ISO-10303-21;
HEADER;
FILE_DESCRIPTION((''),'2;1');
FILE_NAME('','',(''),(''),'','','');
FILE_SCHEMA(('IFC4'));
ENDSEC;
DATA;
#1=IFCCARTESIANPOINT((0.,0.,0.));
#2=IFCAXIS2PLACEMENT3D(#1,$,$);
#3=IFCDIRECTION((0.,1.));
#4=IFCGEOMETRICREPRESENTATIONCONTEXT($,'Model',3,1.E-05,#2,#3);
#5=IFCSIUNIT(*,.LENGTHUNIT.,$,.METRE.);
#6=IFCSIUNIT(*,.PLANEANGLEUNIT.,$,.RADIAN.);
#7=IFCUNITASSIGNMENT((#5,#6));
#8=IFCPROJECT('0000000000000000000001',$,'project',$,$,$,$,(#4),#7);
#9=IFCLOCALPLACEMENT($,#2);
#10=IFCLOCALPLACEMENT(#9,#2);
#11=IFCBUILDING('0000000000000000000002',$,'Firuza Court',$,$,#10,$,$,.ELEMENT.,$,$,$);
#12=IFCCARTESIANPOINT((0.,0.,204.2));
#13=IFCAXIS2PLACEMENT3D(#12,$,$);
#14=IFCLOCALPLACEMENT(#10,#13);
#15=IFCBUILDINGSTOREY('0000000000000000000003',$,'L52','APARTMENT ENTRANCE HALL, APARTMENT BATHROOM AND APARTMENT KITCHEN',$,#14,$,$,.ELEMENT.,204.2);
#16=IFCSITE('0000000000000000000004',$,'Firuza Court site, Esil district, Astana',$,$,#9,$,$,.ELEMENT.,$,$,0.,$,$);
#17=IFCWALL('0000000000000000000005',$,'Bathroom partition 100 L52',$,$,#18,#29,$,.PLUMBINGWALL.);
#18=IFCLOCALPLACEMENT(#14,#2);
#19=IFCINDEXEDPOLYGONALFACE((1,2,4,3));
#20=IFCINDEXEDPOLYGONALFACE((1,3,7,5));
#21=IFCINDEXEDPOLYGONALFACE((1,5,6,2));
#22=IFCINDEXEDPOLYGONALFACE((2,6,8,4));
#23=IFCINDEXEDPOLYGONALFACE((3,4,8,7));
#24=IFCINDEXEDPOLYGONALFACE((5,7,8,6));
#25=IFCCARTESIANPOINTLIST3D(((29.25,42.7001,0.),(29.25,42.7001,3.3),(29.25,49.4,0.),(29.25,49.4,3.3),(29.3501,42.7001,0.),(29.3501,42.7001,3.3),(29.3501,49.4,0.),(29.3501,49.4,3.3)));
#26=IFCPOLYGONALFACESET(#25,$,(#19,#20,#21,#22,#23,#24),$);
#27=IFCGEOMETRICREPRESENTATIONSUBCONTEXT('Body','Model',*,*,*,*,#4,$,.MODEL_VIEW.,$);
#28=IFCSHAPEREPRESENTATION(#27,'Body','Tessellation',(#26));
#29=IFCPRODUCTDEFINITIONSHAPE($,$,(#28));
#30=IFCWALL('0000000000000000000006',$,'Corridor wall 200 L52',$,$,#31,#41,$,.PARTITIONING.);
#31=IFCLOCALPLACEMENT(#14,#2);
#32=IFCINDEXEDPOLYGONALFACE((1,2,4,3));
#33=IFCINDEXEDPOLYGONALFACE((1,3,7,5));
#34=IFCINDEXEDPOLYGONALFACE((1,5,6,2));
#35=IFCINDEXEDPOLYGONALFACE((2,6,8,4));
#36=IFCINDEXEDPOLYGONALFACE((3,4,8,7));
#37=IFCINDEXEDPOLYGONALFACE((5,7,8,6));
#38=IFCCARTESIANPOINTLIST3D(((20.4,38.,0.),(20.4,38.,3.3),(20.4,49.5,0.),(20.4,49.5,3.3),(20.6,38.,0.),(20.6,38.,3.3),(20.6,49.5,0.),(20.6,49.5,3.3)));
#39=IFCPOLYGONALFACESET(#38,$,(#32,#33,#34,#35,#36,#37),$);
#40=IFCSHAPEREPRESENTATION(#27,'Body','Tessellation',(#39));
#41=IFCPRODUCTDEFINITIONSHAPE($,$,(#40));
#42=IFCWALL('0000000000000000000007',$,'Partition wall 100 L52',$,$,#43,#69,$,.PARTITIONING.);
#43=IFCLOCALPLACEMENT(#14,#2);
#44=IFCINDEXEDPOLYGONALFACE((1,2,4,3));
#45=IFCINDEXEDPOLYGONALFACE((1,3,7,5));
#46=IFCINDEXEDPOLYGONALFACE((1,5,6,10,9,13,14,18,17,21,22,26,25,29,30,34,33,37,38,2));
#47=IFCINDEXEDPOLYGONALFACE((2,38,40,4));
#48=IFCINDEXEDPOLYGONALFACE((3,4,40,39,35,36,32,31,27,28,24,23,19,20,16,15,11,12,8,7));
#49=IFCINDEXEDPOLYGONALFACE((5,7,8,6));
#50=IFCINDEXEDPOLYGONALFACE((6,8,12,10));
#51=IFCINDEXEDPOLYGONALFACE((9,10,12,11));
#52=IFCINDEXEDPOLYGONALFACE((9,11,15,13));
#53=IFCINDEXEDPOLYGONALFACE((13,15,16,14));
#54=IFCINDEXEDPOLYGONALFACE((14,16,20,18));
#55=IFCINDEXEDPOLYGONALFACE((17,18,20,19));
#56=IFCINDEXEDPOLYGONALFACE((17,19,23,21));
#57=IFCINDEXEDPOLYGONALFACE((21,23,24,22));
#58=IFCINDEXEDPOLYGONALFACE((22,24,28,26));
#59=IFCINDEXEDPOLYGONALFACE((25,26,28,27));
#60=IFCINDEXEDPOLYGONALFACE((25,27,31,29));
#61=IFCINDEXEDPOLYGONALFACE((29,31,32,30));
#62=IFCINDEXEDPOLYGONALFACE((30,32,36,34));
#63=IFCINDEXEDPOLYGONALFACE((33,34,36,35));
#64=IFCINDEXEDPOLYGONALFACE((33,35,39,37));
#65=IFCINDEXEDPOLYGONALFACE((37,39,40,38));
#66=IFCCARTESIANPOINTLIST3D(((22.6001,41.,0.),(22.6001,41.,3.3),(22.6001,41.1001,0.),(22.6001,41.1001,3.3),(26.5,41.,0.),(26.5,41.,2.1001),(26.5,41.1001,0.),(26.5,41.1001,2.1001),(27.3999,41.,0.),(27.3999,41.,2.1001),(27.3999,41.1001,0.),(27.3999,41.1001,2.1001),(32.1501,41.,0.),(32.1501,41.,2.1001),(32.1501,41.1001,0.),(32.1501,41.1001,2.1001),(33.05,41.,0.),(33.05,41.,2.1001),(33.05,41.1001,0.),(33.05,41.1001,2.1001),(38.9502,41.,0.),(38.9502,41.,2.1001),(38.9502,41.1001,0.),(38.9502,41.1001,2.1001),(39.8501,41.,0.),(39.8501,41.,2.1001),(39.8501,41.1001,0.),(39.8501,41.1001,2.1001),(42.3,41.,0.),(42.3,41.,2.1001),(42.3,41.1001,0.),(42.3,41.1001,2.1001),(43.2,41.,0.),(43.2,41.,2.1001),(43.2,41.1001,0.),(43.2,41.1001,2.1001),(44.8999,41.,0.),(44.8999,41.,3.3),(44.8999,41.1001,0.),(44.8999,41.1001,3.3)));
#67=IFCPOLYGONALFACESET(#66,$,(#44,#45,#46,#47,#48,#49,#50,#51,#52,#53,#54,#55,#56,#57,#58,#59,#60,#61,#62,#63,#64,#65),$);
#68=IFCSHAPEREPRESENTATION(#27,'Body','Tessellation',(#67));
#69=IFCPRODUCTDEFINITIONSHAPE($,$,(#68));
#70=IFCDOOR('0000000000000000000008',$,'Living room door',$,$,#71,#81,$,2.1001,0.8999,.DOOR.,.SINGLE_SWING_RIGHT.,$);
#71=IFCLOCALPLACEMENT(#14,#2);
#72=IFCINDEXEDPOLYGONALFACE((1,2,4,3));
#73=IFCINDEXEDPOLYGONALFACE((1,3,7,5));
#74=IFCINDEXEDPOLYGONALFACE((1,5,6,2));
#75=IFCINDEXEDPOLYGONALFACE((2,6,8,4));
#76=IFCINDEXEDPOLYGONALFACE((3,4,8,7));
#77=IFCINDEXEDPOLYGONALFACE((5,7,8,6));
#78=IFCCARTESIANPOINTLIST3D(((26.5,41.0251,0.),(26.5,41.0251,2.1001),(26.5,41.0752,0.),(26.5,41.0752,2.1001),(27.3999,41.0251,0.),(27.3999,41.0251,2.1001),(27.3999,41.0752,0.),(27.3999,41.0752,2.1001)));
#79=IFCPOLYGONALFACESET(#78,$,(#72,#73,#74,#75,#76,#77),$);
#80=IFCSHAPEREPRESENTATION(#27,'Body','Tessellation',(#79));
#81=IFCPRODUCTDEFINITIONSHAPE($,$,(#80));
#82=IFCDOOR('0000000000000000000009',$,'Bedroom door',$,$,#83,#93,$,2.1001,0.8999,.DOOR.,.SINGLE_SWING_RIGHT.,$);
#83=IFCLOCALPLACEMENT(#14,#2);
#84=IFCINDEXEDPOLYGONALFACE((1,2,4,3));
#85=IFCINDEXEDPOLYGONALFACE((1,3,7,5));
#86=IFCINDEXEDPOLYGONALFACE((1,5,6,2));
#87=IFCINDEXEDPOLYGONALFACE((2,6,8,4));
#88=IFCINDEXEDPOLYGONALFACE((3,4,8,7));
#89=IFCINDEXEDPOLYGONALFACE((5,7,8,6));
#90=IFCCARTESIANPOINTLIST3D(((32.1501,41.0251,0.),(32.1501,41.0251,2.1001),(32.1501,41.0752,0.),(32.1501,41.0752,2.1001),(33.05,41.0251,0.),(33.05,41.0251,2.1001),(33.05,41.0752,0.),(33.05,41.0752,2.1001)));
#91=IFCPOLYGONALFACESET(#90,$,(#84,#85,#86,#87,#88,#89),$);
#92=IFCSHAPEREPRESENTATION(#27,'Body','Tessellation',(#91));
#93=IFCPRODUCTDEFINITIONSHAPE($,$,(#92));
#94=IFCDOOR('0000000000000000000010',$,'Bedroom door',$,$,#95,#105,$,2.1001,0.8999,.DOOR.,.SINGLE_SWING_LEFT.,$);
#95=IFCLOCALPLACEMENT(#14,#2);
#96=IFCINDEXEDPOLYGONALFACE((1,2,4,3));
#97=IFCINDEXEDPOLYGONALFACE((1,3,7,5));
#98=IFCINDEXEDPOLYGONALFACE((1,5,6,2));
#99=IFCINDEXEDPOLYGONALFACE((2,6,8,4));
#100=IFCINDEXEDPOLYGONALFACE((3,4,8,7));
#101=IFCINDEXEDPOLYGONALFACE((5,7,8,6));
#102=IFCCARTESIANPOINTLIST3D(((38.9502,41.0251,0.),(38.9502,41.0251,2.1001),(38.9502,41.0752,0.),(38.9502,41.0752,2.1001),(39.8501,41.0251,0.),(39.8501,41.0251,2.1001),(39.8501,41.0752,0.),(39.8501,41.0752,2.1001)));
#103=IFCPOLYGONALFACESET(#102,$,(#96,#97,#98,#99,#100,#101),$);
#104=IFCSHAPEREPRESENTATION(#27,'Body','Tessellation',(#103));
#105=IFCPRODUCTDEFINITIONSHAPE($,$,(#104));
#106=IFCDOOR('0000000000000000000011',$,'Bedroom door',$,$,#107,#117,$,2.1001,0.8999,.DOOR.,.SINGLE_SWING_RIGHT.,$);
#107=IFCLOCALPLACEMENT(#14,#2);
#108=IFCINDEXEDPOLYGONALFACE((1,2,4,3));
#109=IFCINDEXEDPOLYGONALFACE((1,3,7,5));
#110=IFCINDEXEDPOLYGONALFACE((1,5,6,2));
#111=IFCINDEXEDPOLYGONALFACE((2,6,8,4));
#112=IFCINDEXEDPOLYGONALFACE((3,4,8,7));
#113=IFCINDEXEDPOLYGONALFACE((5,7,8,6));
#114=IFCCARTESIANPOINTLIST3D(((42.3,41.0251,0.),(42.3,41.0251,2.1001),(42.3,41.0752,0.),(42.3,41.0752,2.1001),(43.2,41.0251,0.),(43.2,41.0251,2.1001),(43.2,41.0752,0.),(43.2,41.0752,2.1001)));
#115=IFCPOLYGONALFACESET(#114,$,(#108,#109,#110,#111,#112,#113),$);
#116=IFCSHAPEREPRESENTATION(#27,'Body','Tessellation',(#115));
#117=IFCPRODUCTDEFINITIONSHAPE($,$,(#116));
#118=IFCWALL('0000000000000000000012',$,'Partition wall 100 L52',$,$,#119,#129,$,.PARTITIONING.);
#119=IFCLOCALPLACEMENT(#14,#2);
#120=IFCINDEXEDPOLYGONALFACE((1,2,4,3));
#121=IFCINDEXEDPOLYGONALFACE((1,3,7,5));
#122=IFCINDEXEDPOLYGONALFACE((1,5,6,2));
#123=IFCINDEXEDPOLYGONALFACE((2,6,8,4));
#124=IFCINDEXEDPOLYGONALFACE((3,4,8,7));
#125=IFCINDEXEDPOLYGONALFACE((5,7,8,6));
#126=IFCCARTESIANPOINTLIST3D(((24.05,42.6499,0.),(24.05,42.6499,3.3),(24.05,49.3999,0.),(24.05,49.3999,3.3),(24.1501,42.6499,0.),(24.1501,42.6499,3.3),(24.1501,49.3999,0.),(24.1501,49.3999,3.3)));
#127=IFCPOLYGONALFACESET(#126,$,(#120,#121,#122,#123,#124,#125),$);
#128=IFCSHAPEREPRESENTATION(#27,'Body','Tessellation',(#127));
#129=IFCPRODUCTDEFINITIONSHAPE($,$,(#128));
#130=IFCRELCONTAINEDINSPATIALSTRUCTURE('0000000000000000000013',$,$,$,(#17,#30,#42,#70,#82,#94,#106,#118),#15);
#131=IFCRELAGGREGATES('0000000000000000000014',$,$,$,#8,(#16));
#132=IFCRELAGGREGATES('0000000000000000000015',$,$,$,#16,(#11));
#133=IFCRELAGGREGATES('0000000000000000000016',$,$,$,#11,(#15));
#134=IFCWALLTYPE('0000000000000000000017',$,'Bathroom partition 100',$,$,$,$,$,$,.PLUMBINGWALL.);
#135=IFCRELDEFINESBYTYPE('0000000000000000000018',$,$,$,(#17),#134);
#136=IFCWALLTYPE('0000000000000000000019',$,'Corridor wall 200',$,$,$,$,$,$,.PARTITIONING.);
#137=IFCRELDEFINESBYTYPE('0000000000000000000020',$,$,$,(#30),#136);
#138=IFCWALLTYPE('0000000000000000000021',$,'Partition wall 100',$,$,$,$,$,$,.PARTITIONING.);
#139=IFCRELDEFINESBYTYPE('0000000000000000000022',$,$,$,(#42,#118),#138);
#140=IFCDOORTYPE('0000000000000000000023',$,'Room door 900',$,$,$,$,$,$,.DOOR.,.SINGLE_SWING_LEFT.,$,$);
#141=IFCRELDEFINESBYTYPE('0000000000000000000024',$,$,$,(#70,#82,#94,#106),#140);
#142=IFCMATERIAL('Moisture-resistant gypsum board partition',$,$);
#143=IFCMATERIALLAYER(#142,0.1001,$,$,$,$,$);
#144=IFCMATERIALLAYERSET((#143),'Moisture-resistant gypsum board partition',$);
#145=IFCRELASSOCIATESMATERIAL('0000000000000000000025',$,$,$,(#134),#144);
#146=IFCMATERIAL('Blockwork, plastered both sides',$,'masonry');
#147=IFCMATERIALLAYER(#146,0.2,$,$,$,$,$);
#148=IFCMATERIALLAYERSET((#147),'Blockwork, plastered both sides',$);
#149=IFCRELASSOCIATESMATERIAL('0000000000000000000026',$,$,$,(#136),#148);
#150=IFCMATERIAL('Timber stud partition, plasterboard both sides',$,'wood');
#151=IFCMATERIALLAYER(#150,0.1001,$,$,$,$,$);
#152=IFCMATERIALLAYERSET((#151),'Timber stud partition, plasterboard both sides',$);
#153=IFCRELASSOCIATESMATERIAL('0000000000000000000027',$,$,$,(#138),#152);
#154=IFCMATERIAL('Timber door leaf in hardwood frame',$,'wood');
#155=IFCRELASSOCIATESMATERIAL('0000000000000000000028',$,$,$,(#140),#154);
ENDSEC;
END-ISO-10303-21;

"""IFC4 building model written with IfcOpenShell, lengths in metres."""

from ifc_helpers import new_model, si_unit, direction, frame, frame_2d, origin, place, context, subcontext, project, spatial, rectangle, extrude, material, layer, layer_set, type_object, element, fill, save


model = new_model("IFC4")

# Units and contexts
model_context = context("Model", 3, precision=1e-05, world=origin(), true_north=direction((0.0, 1.0)))
body_context = subcontext(model_context, "Body", "Model", "MODEL_VIEW")
ifc_project = project(units=[si_unit("LENGTHUNIT", "METRE"), si_unit("PLANEANGLEUNIT", "RADIAN")], contexts=[model_context])

# Site, building, storey
site_placement = place(None, origin())
site = spatial("IfcSite", under=ifc_project, at=site_placement, Name="Firuza Court site, Esil district, Astana", CompositionType="ELEMENT", RefElevation=0.0)
building_placement = place(site_placement, origin())
building = spatial("IfcBuilding", under=site, at=building_placement, Name="Firuza Court", CompositionType="ELEMENT")
storey_placement = place(building_placement, frame((0.0, 0.0, 204.2)))
storey = spatial("IfcBuildingStorey", under=building, at=storey_placement, Name="L52", Description="APARTMENT ENTRANCE HALL, APARTMENT BATHROOM AND APARTMENT KITCHEN", CompositionType="ELEMENT", Elevation=204.2)

# Walls
ifc_material_1 = material(Name="Moisture-resistant gypsum board partition")
ifc_layer_1 = layer(ifc_material_1, 0.1001)
ifc_layer_set_1 = layer_set([ifc_layer_1], Name="Moisture-resistant gypsum board partition")
wall_type_1 = type_object("IfcWallType", Name="Bathroom partition 100", PredefinedType="PLUMBINGWALL", material=ifc_layer_set_1)
wall_1_placement = place(storey_placement, frame((29.3, 42.7, 0.0), z_axis=(0.0, 0.0, 1.0), x_axis=(0.0, 1.0, 0.0)))
element("IfcWall", 1, at=wall_1_placement, inside=storey, type_object=wall_type_1, Name="Bathroom partition 100 L52", PredefinedType="PLUMBINGWALL", context=body_context, shape_type="SweptSolid", body=[
    extrude(rectangle(XDim=6.7, YDim=0.1001, at=frame_2d((3.3501, 0.0))), origin(), (0.0, 0.0, 1.0), 3.3),
])
ifc_material_2 = material(Name="Blockwork, plastered both sides", Category="masonry")
ifc_layer_2 = layer(ifc_material_2, 0.2)
ifc_layer_set_2 = layer_set([ifc_layer_2], Name="Blockwork, plastered both sides")
wall_type_2 = type_object("IfcWallType", Name="Corridor wall 200", PredefinedType="PARTITIONING", material=ifc_layer_set_2)
wall_2_placement = place(storey_placement, frame((20.5, 38.0, 0.0), z_axis=(0.0, 0.0, 1.0), x_axis=(0.0, 1.0, 0.0)))
element("IfcWall", 2, at=wall_2_placement, inside=storey, type_object=wall_type_2, Name="Corridor wall 200 L52", PredefinedType="PARTITIONING", context=body_context, shape_type="SweptSolid", body=[
    extrude(rectangle(XDim=11.5, YDim=0.2, at=frame_2d((5.75, 0.0))), origin(), (0.0, 0.0, 1.0), 3.3),
])

# Wall, openings, doors
ifc_material_3 = material(Name="Timber stud partition, plasterboard both sides", Category="wood")
ifc_layer_3 = layer(ifc_material_3, 0.1001)
ifc_layer_set_3 = layer_set([ifc_layer_3], Name="Timber stud partition, plasterboard both sides")
wall_type_3 = type_object("IfcWallType", Name="Partition wall 100", PredefinedType="PARTITIONING", material=ifc_layer_set_3)
wall_3_placement = place(storey_placement, frame((22.6001, 41.05, 0.0), z_axis=(0.0, 0.0, 1.0), x_axis=(1.0, 0.0, 0.0)))
wall_3 = element("IfcWall", 3, at=wall_3_placement, inside=storey, type_object=wall_type_3, Name="Partition wall 100 L52", PredefinedType="PARTITIONING", context=body_context, shape_type="SweptSolid", body=[
    extrude(rectangle(XDim=22.2998, YDim=0.1001, at=frame_2d((11.1499, 0.0))), origin(), (0.0, 0.0, 1.0), 3.3),
])
opening_1_placement = place(wall_3_placement, frame((3.8999, 0.0, 0.0)))
opening_1 = element("IfcOpeningElement", 4, at=opening_1_placement, cuts=wall_3, PredefinedType="OPENING", context=body_context, shape_type="SweptSolid", body=[
    extrude(rectangle(XDim=0.8999, YDim=2.1001, at=frame_2d((0.45, 1.05))), frame((0.0, 0.062, 0.0), z_axis=(0.0, -1.0, 0.0), x_axis=(1.0, 0.0, 0.0)), (0.0, 0.0, 1.0), 0.124),
])
opening_2_placement = place(wall_3_placement, frame((9.55, 0.0, 0.0)))
opening_2 = element("IfcOpeningElement", 5, at=opening_2_placement, cuts=wall_3, PredefinedType="OPENING", context=body_context, shape_type="SweptSolid", body=[
    extrude(rectangle(XDim=0.8999, YDim=2.1001, at=frame_2d((0.45, 1.05))), frame((0.0, 0.062, 0.0), z_axis=(0.0, -1.0, 0.0), x_axis=(1.0, 0.0, 0.0)), (0.0, 0.0, 1.0), 0.124),
])
opening_3_placement = place(wall_3_placement, frame((16.3501, 0.0, 0.0)))
opening_3 = element("IfcOpeningElement", 6, at=opening_3_placement, cuts=wall_3, PredefinedType="OPENING", context=body_context, shape_type="SweptSolid", body=[
    extrude(rectangle(XDim=0.8999, YDim=2.1001, at=frame_2d((0.45, 1.05))), frame((0.0, 0.062, 0.0), z_axis=(0.0, -1.0, 0.0), x_axis=(1.0, 0.0, 0.0)), (0.0, 0.0, 1.0), 0.124),
])
opening_4_placement = place(wall_3_placement, frame((19.7, 0.0, 0.0)))
opening_4 = element("IfcOpeningElement", 7, at=opening_4_placement, cuts=wall_3, PredefinedType="OPENING", context=body_context, shape_type="SweptSolid", body=[
    extrude(rectangle(XDim=0.8999, YDim=2.1001, at=frame_2d((0.45, 1.05))), frame((0.0, 0.062, 0.0), z_axis=(0.0, -1.0, 0.0), x_axis=(1.0, 0.0, 0.0)), (0.0, 0.0, 1.0), 0.124),
])
ifc_material_4 = material(Name="Timber door leaf in hardwood frame", Category="wood")
door_type_1 = type_object("IfcDoorType", Name="Room door 900", OperationType="SINGLE_SWING_LEFT", PredefinedType="DOOR", material=ifc_material_4)
door_1_placement = place(opening_1_placement, frame((0.8999, 0.0, 0.0), z_axis=(0.0, 0.0, 1.0), x_axis=(-1.0, 0.0, 0.0)))
door_1 = element("IfcDoor", 8, at=door_1_placement, inside=storey, type_object=door_type_1, Name="Living room door", OperationType="SINGLE_SWING_RIGHT", OverallHeight=2.1001, OverallWidth=0.8999, PredefinedType="DOOR", context=body_context, shape_type="SweptSolid", body=[
    extrude(rectangle(XDim=0.8999, YDim=2.1001, at=frame_2d((0.45, 1.05))), frame((0.0, 0.0249, 0.0), z_axis=(0.0, -1.0, 0.0), x_axis=(1.0, 0.0, 0.0)), (0.0, 0.0, 1.0), 0.05),
])
fill(opening_1, door_1)
door_2_placement = place(opening_2_placement, frame((0.8999, 0.0, 0.0), z_axis=(0.0, 0.0, 1.0), x_axis=(-1.0, 0.0, 0.0)))
door_2 = element("IfcDoor", 9, at=door_2_placement, inside=storey, type_object=door_type_1, Name="Bedroom door", OperationType="SINGLE_SWING_RIGHT", OverallHeight=2.1001, OverallWidth=0.8999, PredefinedType="DOOR", context=body_context, shape_type="SweptSolid", body=[
    extrude(rectangle(XDim=0.8999, YDim=2.1001, at=frame_2d((0.45, 1.05))), frame((0.0, 0.0249, 0.0), z_axis=(0.0, -1.0, 0.0), x_axis=(1.0, 0.0, 0.0)), (0.0, 0.0, 1.0), 0.05),
])
fill(opening_2, door_2)
door_3_placement = place(opening_3_placement, frame((0.8999, 0.0, 0.0), z_axis=(0.0, 0.0, 1.0), x_axis=(-1.0, 0.0, 0.0)))
door_3 = element("IfcDoor", 10, at=door_3_placement, inside=storey, type_object=door_type_1, Name="Bedroom door", OperationType="SINGLE_SWING_LEFT", OverallHeight=2.1001, OverallWidth=0.8999, PredefinedType="DOOR", context=body_context, shape_type="SweptSolid", body=[
    extrude(rectangle(XDim=0.8999, YDim=2.1001, at=frame_2d((0.45, 1.05))), frame((0.0, 0.0249, 0.0), z_axis=(0.0, -1.0, 0.0), x_axis=(1.0, 0.0, 0.0)), (0.0, 0.0, 1.0), 0.05),
])
fill(opening_3, door_3)
door_4_placement = place(opening_4_placement, frame((0.8999, 0.0, 0.0), z_axis=(0.0, 0.0, 1.0), x_axis=(-1.0, 0.0, 0.0)))
door_4 = element("IfcDoor", 11, at=door_4_placement, inside=storey, type_object=door_type_1, Name="Bedroom door", OperationType="SINGLE_SWING_RIGHT", OverallHeight=2.1001, OverallWidth=0.8999, PredefinedType="DOOR", context=body_context, shape_type="SweptSolid", body=[
    extrude(rectangle(XDim=0.8999, YDim=2.1001, at=frame_2d((0.45, 1.05))), frame((0.0, 0.0249, 0.0), z_axis=(0.0, -1.0, 0.0), x_axis=(1.0, 0.0, 0.0)), (0.0, 0.0, 1.0), 0.05),
])
fill(opening_4, door_4)

# Wall
wall_4_placement = place(storey_placement, frame((24.1001, 42.6499, 0.0), z_axis=(0.0, 0.0, 1.0), x_axis=(0.0, 1.0, 0.0)))
element("IfcWall", 12, at=wall_4_placement, inside=storey, type_object=wall_type_3, Name="Partition wall 100 L52", PredefinedType="PARTITIONING", context=body_context, shape_type="SweptSolid", body=[
    extrude(rectangle(XDim=6.75, YDim=0.1001, at=frame_2d((3.375, 0.0))), origin(), (0.0, 0.0, 1.0), 3.3),
])

save(model, "model.ifc")
